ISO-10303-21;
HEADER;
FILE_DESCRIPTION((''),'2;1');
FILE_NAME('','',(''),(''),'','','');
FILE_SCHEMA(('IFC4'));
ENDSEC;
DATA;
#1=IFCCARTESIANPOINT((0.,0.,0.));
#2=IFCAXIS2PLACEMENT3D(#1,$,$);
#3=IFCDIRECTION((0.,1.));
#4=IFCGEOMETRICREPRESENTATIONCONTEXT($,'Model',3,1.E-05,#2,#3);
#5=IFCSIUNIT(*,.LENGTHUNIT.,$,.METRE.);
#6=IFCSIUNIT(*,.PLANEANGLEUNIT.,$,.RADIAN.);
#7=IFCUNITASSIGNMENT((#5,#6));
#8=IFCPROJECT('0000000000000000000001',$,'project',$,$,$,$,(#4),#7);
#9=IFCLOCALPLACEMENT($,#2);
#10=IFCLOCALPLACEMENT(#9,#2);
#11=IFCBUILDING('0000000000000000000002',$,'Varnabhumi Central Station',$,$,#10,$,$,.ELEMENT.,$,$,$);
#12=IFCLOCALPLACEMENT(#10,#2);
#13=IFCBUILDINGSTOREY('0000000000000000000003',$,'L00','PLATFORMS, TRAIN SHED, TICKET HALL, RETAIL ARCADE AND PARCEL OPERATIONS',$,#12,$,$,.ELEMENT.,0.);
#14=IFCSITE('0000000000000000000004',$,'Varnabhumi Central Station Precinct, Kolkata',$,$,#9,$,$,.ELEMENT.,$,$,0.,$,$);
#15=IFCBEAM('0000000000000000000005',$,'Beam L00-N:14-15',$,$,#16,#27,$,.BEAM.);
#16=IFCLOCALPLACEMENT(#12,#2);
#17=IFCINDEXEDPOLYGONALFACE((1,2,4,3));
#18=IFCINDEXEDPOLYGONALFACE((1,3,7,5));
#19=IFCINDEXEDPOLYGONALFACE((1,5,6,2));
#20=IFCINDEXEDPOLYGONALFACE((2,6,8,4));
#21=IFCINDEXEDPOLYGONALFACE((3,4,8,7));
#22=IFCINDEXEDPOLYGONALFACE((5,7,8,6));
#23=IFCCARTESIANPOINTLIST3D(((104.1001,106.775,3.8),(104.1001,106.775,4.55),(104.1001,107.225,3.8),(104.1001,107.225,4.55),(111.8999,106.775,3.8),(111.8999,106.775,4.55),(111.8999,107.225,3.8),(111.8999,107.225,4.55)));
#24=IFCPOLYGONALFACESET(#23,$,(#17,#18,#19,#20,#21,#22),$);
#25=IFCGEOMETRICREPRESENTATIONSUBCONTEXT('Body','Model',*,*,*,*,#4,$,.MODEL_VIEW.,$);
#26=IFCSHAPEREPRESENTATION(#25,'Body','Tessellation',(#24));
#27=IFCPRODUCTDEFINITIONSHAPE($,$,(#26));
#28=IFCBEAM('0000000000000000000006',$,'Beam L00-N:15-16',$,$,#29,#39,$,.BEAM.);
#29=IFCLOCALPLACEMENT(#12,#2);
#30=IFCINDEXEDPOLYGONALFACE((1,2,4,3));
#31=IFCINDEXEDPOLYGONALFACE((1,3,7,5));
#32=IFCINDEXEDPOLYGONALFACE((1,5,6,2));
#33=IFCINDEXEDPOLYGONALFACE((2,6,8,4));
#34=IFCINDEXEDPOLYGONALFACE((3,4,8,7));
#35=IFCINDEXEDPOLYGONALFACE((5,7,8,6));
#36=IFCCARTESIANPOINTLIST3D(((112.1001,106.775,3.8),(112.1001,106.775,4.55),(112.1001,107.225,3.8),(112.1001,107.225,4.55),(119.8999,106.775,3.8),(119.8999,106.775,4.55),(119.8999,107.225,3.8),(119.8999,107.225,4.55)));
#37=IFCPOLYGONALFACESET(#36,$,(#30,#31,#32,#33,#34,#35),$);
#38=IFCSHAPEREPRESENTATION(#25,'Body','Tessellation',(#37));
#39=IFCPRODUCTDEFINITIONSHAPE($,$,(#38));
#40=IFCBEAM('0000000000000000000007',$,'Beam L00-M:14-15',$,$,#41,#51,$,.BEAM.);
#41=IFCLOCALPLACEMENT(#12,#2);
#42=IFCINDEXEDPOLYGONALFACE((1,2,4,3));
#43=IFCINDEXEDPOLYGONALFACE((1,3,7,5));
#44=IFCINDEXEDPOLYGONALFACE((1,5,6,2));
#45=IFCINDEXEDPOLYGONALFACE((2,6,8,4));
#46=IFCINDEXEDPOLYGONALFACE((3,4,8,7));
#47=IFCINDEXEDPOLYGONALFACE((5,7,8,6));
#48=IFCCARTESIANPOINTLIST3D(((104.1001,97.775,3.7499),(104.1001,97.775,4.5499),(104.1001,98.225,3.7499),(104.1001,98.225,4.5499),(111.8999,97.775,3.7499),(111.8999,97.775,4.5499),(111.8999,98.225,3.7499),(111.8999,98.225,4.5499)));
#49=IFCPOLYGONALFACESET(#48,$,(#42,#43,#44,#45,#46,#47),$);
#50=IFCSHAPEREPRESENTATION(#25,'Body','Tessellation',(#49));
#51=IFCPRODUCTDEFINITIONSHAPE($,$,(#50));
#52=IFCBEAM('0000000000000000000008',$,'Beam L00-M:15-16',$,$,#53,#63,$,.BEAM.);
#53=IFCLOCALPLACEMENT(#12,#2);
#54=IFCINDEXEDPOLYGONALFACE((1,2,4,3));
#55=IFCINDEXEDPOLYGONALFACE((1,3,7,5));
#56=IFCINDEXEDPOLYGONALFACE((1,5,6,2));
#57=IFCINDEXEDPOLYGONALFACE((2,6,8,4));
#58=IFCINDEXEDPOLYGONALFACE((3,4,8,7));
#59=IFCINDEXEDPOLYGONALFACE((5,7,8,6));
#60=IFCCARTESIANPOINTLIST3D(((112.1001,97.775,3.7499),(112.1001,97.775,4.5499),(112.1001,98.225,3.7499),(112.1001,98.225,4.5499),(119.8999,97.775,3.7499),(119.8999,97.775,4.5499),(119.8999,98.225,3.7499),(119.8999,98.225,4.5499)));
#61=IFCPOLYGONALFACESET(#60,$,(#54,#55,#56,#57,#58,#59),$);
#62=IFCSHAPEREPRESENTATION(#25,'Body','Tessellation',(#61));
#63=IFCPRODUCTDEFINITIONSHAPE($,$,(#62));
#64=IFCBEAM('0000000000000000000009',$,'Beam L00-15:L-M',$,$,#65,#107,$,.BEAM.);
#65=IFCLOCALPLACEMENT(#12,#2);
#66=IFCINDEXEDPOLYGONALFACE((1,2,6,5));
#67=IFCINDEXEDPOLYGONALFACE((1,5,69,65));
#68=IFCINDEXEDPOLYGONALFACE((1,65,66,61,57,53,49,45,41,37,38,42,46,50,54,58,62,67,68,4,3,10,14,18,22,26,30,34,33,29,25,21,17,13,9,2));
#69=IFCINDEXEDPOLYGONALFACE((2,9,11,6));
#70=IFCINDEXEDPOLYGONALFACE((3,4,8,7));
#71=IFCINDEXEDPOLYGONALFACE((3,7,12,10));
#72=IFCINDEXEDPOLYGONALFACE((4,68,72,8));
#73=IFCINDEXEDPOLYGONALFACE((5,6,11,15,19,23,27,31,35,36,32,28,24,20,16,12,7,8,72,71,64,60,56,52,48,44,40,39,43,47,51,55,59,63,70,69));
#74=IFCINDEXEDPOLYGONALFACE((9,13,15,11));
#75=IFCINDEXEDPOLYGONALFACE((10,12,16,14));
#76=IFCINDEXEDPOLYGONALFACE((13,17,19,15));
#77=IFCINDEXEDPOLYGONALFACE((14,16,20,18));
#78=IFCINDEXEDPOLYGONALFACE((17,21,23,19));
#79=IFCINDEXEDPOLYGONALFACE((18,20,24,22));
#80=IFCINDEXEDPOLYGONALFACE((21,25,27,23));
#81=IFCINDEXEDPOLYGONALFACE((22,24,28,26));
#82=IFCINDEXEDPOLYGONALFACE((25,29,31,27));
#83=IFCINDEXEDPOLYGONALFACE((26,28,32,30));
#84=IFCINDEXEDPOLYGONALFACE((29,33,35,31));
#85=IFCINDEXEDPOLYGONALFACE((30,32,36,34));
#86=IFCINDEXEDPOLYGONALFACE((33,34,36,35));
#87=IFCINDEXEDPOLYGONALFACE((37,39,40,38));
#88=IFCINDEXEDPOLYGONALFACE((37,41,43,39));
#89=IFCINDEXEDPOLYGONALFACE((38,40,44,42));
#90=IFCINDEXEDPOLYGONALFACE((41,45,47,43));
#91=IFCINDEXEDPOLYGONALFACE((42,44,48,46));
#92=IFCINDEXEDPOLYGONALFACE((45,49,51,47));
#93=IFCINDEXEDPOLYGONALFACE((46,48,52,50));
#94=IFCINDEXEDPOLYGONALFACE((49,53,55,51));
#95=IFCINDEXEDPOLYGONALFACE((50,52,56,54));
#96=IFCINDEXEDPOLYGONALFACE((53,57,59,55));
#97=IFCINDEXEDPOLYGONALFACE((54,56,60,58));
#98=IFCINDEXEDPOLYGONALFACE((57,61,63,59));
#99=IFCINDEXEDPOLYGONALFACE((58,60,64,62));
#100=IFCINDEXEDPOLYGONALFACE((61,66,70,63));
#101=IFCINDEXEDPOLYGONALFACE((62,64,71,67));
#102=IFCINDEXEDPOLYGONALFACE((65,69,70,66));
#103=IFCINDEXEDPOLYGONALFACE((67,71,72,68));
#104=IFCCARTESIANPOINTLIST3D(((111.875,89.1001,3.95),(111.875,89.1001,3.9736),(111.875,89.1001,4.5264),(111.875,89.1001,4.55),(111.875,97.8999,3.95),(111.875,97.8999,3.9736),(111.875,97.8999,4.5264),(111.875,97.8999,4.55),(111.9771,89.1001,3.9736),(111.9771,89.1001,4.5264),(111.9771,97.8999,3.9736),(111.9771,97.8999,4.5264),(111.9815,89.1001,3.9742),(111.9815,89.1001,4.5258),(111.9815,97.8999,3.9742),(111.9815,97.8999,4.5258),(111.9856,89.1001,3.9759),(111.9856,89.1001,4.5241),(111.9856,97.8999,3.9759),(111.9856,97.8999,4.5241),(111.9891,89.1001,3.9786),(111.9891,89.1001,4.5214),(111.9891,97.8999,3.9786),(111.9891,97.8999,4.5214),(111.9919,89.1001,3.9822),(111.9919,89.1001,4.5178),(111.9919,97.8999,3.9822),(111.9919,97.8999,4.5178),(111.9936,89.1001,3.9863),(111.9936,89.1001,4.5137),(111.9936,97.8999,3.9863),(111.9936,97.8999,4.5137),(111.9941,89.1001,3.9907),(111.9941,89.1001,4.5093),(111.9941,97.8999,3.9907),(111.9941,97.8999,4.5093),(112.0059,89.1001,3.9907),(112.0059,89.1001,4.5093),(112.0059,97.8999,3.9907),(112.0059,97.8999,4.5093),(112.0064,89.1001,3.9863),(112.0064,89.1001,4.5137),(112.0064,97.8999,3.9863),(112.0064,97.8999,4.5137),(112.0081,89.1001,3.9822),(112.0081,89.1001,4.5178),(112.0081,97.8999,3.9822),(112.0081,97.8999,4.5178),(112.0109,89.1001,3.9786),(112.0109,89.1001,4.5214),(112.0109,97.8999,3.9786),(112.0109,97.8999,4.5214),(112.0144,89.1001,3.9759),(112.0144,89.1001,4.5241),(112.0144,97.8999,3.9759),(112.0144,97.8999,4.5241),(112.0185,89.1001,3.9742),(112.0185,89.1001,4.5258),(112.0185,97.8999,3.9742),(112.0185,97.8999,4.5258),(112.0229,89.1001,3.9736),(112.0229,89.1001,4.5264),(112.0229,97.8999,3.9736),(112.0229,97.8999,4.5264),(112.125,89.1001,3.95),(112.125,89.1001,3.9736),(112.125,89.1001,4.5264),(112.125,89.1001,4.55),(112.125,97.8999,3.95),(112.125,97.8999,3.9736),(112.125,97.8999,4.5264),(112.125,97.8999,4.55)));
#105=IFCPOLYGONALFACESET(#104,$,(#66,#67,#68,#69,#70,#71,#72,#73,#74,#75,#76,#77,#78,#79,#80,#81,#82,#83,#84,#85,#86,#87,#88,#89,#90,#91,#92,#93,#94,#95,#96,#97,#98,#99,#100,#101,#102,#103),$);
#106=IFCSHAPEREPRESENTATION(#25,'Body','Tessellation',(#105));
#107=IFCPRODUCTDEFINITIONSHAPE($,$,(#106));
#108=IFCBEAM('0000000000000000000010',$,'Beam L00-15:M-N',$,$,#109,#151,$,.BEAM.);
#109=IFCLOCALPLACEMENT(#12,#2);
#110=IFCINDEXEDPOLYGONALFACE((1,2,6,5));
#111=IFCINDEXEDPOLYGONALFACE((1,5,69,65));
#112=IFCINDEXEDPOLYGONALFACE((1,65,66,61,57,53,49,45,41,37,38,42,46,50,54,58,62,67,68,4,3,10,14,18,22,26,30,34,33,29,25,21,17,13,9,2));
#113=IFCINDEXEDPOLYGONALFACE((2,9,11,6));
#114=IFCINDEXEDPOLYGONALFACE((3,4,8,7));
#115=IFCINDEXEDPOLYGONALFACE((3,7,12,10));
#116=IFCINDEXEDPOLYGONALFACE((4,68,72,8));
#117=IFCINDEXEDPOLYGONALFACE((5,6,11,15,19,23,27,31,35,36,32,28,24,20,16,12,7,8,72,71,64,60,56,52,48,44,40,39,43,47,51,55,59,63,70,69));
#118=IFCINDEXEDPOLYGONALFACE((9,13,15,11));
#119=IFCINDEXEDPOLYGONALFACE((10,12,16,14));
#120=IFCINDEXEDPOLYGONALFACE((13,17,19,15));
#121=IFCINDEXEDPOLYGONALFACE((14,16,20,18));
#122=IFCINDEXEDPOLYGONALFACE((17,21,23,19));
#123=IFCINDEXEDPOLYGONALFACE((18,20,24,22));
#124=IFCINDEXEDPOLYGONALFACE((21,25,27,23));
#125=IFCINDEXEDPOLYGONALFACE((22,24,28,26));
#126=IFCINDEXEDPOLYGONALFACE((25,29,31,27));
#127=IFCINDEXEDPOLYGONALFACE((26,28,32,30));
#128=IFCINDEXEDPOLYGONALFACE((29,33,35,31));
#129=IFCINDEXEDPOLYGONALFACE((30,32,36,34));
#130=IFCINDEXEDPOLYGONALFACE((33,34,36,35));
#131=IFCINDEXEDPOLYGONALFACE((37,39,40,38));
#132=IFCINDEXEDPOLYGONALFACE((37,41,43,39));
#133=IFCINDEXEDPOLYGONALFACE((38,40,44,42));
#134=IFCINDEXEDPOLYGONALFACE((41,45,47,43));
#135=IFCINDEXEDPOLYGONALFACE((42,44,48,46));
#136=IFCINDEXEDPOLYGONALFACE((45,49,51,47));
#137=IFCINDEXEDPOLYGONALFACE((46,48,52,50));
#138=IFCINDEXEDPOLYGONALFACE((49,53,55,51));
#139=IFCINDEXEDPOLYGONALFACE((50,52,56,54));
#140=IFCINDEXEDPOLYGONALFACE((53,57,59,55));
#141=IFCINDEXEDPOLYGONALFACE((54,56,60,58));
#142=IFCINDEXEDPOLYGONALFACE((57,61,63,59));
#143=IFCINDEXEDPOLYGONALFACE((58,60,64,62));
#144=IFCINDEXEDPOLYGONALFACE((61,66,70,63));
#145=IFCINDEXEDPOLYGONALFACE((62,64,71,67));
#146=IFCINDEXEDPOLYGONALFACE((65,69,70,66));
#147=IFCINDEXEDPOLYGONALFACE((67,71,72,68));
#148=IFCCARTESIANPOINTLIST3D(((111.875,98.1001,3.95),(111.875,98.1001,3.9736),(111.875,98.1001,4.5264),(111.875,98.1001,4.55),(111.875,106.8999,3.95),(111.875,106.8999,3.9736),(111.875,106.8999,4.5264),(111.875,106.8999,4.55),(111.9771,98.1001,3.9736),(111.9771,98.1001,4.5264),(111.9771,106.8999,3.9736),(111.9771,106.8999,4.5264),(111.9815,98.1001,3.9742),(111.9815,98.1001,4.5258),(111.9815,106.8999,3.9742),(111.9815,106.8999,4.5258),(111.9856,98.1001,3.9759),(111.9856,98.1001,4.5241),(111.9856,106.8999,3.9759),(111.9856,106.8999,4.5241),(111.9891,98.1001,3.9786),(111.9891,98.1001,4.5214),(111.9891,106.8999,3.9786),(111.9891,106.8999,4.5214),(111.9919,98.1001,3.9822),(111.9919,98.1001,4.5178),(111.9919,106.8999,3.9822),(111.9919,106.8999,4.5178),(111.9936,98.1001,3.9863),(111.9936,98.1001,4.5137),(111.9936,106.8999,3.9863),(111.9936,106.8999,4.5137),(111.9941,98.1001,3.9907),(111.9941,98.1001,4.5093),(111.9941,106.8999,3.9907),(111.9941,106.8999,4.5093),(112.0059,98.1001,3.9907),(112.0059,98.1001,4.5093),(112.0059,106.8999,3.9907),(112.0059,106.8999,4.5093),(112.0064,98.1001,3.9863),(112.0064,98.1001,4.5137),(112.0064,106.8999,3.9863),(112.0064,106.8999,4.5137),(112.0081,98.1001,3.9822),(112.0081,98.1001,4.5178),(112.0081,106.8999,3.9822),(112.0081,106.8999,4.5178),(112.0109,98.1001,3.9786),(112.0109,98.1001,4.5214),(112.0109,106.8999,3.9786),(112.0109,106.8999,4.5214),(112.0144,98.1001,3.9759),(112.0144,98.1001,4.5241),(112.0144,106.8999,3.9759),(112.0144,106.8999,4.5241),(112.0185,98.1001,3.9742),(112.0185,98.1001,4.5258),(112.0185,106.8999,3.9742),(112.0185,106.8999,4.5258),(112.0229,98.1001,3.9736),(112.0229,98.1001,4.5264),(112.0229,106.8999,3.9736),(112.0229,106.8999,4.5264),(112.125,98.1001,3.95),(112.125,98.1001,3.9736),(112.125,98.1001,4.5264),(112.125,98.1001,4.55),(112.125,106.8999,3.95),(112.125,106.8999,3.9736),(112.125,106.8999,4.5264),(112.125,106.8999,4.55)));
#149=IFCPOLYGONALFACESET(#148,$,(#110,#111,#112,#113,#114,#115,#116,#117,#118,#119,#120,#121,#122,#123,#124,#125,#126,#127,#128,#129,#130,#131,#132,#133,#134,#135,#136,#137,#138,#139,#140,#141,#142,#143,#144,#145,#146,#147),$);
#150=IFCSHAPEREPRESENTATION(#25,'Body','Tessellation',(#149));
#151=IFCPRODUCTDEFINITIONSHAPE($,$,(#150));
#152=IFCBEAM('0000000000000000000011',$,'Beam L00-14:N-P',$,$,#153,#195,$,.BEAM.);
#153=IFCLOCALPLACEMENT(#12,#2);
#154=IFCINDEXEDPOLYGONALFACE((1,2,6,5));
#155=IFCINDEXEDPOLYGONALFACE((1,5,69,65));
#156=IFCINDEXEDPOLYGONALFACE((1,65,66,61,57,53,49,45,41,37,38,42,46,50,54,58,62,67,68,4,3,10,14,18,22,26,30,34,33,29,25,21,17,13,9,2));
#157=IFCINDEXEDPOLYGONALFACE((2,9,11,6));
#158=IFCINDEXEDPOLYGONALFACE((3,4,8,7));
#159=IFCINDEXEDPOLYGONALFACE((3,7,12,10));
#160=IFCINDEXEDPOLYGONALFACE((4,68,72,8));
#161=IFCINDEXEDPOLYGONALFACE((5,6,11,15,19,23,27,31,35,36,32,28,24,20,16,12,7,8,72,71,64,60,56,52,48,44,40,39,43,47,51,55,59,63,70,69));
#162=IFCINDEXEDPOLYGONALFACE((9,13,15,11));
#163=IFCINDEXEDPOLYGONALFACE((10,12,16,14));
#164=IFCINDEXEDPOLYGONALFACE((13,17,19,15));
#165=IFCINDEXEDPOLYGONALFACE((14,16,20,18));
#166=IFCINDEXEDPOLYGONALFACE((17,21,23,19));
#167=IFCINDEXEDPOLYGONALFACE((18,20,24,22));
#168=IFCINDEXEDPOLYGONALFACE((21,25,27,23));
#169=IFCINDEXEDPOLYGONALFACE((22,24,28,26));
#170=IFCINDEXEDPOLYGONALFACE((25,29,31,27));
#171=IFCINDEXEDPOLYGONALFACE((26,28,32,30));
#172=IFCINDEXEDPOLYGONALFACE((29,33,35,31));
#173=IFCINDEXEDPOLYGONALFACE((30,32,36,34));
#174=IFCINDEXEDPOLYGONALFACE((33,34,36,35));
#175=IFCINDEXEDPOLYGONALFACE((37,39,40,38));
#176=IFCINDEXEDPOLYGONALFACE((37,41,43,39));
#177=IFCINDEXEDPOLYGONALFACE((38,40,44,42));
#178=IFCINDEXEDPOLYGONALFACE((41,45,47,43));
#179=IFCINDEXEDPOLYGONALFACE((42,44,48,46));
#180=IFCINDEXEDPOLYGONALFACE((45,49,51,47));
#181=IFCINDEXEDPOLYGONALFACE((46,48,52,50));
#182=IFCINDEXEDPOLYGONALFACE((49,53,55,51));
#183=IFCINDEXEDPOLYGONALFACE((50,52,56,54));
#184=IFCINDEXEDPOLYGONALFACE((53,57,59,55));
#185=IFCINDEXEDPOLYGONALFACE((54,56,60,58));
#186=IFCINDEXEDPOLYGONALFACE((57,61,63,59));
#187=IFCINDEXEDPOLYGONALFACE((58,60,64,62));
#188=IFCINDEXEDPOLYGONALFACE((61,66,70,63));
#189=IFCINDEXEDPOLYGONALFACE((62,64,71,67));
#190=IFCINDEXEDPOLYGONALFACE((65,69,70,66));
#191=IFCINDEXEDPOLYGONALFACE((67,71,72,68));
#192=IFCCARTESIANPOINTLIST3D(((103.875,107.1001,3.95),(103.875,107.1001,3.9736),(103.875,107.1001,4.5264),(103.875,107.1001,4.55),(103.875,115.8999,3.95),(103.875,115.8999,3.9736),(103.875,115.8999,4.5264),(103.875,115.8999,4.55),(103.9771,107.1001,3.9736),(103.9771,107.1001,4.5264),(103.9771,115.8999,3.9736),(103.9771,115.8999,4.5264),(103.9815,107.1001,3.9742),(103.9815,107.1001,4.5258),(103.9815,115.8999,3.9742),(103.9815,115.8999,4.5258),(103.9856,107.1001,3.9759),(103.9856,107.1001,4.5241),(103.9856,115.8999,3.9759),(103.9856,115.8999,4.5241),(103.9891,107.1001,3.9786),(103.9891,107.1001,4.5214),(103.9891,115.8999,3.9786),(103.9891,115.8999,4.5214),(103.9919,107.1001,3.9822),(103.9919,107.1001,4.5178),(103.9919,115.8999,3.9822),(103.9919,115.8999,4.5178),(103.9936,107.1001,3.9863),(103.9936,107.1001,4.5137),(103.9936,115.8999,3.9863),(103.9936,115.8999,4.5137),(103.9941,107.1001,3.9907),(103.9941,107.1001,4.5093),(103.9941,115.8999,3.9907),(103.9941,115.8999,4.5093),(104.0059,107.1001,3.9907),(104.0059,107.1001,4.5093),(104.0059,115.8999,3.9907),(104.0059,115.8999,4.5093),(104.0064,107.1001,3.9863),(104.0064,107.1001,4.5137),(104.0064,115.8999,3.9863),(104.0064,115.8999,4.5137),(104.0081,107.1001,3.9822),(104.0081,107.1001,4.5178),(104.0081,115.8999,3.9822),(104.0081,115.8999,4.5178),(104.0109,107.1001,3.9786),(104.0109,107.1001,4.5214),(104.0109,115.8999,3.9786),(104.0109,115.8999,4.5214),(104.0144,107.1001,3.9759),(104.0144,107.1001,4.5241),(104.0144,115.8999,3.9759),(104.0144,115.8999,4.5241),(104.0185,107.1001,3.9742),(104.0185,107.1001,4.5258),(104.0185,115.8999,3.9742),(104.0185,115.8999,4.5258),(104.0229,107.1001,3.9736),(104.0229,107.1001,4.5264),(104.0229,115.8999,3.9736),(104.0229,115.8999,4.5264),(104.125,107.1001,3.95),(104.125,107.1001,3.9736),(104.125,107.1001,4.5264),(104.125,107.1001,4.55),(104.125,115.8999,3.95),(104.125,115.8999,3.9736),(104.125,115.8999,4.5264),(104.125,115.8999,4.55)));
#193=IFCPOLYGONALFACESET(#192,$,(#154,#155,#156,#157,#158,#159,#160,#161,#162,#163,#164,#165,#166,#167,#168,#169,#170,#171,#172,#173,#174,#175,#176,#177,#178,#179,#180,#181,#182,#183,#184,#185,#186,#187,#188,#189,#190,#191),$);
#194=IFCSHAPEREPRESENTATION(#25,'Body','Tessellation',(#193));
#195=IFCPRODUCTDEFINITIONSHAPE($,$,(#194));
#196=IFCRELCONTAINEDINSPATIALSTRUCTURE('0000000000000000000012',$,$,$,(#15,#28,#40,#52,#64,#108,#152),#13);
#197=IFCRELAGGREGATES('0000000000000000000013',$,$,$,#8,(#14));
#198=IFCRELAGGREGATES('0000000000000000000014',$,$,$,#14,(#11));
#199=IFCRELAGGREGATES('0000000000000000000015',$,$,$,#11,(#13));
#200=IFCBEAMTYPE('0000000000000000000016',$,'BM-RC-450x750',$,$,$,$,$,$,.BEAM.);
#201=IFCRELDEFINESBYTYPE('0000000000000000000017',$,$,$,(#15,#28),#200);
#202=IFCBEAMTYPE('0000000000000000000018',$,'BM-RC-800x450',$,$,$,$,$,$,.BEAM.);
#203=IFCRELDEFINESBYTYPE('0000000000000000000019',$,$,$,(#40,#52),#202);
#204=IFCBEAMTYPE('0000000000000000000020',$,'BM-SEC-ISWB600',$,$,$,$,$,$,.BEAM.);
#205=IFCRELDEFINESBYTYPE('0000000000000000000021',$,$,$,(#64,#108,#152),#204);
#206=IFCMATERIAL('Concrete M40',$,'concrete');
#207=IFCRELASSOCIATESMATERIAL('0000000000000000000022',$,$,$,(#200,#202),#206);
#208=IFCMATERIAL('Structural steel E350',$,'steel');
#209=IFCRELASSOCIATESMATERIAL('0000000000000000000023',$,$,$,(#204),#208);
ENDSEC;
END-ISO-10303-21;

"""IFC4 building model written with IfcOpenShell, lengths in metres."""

from ifc_helpers import new_model, si_unit, direction, frame, origin, origin_2d, place, context, subcontext, project, spatial, rectangle, i_section, extrude, material, material_profile, profile_set, type_object, element, save


model = new_model("IFC4")

# Units and contexts
model_context = context("Model", 3, precision=1e-05, world=origin(), true_north=direction((0.0, 1.0)))
body_context = subcontext(model_context, "Body", "Model", "MODEL_VIEW")
ifc_project = project(units=[si_unit("LENGTHUNIT", "METRE"), si_unit("PLANEANGLEUNIT", "RADIAN")], contexts=[model_context])

# Site, building, storey
site_placement = place(None, origin())
site = spatial("IfcSite", under=ifc_project, at=site_placement, Name="Varnabhumi Central Station Precinct, Kolkata", CompositionType="ELEMENT", RefElevation=0.0)
building_placement = place(site_placement, origin())
building = spatial("IfcBuilding", under=site, at=building_placement, Name="Varnabhumi Central Station", CompositionType="ELEMENT")
storey_placement = place(building_placement, origin())
storey = spatial("IfcBuildingStorey", under=building, at=storey_placement, Name="L00", Description="PLATFORMS, TRAIN SHED, TICKET HALL, RETAIL ARCADE AND PARCEL OPERATIONS", CompositionType="ELEMENT", Elevation=0.0)

# Shared definitions
ifc_material_1 = material(Name="Concrete M40", Category="concrete")

# Beams
ifc_material_profile_1 = material_profile(ifc_material_1, rectangle(XDim=0.45, YDim=0.75, at=origin_2d()), Name="Concrete M40", Category="concrete")
ifc_profile_set_1 = profile_set([ifc_material_profile_1], Name="Concrete M40")
beam_type_1 = type_object("IfcBeamType", Name="BM-RC-450x750", PredefinedType="BEAM", material=ifc_profile_set_1)
for number, where, z_axis, x_axis, name in (
    (1, (104.1001, 107.0, 4.175), (1.0, 0.0, 0.0), (0.0, 1.0, 0.0), "Beam L00-N:14-15"),
    (2, (112.1001, 107.0, 4.175), (1.0, 0.0, 0.0), (0.0, 1.0, 0.0), "Beam L00-N:15-16"),
):
    element("IfcBeam", number, at=place(storey_placement, frame(where, z_axis=z_axis, x_axis=x_axis)), inside=storey, type_object=beam_type_1, Name=name, PredefinedType="BEAM", context=body_context, shape_type="SweptSolid", body=[
        extrude(rectangle(XDim=0.45, YDim=0.75, at=origin_2d()), origin(), (0.0, 0.0, 1.0), 7.7998),
    ])
ifc_material_profile_2 = material_profile(ifc_material_1, rectangle(XDim=0.45, YDim=0.8, at=origin_2d()), Name="Concrete M40", Category="concrete")
ifc_profile_set_2 = profile_set([ifc_material_profile_2], Name="Concrete M40")
beam_type_2 = type_object("IfcBeamType", Name="BM-RC-800x450", PredefinedType="BEAM", material=ifc_profile_set_2)
for number, where, z_axis, x_axis, name in (
    (3, (104.1001, 98.0, 4.1499), (1.0, 0.0, 0.0), (0.0, 1.0, 0.0), "Beam L00-M:14-15"),
    (4, (112.1001, 98.0, 4.1499), (1.0, 0.0, 0.0), (0.0, 1.0, 0.0), "Beam L00-M:15-16"),
):
    element("IfcBeam", number, at=place(storey_placement, frame(where, z_axis=z_axis, x_axis=x_axis)), inside=storey, type_object=beam_type_2, Name=name, PredefinedType="BEAM", context=body_context, shape_type="SweptSolid", body=[
        extrude(rectangle(XDim=0.45, YDim=0.8, at=origin_2d()), origin(), (0.0, 0.0, 1.0), 7.7998),
    ])
ifc_material_2 = material(Name="Structural steel E350", Category="steel")
ifc_material_profile_3 = material_profile(ifc_material_2, i_section(OverallWidth=0.25, OverallDepth=0.6001, WebThickness=0.0117, FlangeThickness=0.0237, FilletRadius=0.0171, at=origin_2d()), Name="Structural steel E350", Category="steel")
ifc_profile_set_3 = profile_set([ifc_material_profile_3], Name="Structural steel E350")
beam_type_3 = type_object("IfcBeamType", Name="BM-SEC-ISWB600", PredefinedType="BEAM", material=ifc_profile_set_3)
for number, where, z_axis, x_axis, name in (
    (5, (112.0, 89.1001, 4.25), (0.0, 1.0, 0.0), (-1.0, 0.0, 0.0), "Beam L00-15:L-M"),
    (6, (112.0, 98.1001, 4.25), (0.0, 1.0, 0.0), (-1.0, 0.0, 0.0), "Beam L00-15:M-N"),
    (7, (104.0, 107.1001, 4.25), (0.0, 1.0, 0.0), (-1.0, 0.0, 0.0), "Beam L00-14:N-P"),
):
    element("IfcBeam", number, at=place(storey_placement, frame(where, z_axis=z_axis, x_axis=x_axis)), inside=storey, type_object=beam_type_3, Name=name, PredefinedType="BEAM", context=body_context, shape_type="SweptSolid", body=[
        extrude(i_section(OverallWidth=0.25, OverallDepth=0.6001, WebThickness=0.0117, FlangeThickness=0.0237, FilletRadius=0.0171, at=origin_2d()), origin(), (0.0, 0.0, 1.0), 8.7998),
    ])

save(model, "model.ifc")
